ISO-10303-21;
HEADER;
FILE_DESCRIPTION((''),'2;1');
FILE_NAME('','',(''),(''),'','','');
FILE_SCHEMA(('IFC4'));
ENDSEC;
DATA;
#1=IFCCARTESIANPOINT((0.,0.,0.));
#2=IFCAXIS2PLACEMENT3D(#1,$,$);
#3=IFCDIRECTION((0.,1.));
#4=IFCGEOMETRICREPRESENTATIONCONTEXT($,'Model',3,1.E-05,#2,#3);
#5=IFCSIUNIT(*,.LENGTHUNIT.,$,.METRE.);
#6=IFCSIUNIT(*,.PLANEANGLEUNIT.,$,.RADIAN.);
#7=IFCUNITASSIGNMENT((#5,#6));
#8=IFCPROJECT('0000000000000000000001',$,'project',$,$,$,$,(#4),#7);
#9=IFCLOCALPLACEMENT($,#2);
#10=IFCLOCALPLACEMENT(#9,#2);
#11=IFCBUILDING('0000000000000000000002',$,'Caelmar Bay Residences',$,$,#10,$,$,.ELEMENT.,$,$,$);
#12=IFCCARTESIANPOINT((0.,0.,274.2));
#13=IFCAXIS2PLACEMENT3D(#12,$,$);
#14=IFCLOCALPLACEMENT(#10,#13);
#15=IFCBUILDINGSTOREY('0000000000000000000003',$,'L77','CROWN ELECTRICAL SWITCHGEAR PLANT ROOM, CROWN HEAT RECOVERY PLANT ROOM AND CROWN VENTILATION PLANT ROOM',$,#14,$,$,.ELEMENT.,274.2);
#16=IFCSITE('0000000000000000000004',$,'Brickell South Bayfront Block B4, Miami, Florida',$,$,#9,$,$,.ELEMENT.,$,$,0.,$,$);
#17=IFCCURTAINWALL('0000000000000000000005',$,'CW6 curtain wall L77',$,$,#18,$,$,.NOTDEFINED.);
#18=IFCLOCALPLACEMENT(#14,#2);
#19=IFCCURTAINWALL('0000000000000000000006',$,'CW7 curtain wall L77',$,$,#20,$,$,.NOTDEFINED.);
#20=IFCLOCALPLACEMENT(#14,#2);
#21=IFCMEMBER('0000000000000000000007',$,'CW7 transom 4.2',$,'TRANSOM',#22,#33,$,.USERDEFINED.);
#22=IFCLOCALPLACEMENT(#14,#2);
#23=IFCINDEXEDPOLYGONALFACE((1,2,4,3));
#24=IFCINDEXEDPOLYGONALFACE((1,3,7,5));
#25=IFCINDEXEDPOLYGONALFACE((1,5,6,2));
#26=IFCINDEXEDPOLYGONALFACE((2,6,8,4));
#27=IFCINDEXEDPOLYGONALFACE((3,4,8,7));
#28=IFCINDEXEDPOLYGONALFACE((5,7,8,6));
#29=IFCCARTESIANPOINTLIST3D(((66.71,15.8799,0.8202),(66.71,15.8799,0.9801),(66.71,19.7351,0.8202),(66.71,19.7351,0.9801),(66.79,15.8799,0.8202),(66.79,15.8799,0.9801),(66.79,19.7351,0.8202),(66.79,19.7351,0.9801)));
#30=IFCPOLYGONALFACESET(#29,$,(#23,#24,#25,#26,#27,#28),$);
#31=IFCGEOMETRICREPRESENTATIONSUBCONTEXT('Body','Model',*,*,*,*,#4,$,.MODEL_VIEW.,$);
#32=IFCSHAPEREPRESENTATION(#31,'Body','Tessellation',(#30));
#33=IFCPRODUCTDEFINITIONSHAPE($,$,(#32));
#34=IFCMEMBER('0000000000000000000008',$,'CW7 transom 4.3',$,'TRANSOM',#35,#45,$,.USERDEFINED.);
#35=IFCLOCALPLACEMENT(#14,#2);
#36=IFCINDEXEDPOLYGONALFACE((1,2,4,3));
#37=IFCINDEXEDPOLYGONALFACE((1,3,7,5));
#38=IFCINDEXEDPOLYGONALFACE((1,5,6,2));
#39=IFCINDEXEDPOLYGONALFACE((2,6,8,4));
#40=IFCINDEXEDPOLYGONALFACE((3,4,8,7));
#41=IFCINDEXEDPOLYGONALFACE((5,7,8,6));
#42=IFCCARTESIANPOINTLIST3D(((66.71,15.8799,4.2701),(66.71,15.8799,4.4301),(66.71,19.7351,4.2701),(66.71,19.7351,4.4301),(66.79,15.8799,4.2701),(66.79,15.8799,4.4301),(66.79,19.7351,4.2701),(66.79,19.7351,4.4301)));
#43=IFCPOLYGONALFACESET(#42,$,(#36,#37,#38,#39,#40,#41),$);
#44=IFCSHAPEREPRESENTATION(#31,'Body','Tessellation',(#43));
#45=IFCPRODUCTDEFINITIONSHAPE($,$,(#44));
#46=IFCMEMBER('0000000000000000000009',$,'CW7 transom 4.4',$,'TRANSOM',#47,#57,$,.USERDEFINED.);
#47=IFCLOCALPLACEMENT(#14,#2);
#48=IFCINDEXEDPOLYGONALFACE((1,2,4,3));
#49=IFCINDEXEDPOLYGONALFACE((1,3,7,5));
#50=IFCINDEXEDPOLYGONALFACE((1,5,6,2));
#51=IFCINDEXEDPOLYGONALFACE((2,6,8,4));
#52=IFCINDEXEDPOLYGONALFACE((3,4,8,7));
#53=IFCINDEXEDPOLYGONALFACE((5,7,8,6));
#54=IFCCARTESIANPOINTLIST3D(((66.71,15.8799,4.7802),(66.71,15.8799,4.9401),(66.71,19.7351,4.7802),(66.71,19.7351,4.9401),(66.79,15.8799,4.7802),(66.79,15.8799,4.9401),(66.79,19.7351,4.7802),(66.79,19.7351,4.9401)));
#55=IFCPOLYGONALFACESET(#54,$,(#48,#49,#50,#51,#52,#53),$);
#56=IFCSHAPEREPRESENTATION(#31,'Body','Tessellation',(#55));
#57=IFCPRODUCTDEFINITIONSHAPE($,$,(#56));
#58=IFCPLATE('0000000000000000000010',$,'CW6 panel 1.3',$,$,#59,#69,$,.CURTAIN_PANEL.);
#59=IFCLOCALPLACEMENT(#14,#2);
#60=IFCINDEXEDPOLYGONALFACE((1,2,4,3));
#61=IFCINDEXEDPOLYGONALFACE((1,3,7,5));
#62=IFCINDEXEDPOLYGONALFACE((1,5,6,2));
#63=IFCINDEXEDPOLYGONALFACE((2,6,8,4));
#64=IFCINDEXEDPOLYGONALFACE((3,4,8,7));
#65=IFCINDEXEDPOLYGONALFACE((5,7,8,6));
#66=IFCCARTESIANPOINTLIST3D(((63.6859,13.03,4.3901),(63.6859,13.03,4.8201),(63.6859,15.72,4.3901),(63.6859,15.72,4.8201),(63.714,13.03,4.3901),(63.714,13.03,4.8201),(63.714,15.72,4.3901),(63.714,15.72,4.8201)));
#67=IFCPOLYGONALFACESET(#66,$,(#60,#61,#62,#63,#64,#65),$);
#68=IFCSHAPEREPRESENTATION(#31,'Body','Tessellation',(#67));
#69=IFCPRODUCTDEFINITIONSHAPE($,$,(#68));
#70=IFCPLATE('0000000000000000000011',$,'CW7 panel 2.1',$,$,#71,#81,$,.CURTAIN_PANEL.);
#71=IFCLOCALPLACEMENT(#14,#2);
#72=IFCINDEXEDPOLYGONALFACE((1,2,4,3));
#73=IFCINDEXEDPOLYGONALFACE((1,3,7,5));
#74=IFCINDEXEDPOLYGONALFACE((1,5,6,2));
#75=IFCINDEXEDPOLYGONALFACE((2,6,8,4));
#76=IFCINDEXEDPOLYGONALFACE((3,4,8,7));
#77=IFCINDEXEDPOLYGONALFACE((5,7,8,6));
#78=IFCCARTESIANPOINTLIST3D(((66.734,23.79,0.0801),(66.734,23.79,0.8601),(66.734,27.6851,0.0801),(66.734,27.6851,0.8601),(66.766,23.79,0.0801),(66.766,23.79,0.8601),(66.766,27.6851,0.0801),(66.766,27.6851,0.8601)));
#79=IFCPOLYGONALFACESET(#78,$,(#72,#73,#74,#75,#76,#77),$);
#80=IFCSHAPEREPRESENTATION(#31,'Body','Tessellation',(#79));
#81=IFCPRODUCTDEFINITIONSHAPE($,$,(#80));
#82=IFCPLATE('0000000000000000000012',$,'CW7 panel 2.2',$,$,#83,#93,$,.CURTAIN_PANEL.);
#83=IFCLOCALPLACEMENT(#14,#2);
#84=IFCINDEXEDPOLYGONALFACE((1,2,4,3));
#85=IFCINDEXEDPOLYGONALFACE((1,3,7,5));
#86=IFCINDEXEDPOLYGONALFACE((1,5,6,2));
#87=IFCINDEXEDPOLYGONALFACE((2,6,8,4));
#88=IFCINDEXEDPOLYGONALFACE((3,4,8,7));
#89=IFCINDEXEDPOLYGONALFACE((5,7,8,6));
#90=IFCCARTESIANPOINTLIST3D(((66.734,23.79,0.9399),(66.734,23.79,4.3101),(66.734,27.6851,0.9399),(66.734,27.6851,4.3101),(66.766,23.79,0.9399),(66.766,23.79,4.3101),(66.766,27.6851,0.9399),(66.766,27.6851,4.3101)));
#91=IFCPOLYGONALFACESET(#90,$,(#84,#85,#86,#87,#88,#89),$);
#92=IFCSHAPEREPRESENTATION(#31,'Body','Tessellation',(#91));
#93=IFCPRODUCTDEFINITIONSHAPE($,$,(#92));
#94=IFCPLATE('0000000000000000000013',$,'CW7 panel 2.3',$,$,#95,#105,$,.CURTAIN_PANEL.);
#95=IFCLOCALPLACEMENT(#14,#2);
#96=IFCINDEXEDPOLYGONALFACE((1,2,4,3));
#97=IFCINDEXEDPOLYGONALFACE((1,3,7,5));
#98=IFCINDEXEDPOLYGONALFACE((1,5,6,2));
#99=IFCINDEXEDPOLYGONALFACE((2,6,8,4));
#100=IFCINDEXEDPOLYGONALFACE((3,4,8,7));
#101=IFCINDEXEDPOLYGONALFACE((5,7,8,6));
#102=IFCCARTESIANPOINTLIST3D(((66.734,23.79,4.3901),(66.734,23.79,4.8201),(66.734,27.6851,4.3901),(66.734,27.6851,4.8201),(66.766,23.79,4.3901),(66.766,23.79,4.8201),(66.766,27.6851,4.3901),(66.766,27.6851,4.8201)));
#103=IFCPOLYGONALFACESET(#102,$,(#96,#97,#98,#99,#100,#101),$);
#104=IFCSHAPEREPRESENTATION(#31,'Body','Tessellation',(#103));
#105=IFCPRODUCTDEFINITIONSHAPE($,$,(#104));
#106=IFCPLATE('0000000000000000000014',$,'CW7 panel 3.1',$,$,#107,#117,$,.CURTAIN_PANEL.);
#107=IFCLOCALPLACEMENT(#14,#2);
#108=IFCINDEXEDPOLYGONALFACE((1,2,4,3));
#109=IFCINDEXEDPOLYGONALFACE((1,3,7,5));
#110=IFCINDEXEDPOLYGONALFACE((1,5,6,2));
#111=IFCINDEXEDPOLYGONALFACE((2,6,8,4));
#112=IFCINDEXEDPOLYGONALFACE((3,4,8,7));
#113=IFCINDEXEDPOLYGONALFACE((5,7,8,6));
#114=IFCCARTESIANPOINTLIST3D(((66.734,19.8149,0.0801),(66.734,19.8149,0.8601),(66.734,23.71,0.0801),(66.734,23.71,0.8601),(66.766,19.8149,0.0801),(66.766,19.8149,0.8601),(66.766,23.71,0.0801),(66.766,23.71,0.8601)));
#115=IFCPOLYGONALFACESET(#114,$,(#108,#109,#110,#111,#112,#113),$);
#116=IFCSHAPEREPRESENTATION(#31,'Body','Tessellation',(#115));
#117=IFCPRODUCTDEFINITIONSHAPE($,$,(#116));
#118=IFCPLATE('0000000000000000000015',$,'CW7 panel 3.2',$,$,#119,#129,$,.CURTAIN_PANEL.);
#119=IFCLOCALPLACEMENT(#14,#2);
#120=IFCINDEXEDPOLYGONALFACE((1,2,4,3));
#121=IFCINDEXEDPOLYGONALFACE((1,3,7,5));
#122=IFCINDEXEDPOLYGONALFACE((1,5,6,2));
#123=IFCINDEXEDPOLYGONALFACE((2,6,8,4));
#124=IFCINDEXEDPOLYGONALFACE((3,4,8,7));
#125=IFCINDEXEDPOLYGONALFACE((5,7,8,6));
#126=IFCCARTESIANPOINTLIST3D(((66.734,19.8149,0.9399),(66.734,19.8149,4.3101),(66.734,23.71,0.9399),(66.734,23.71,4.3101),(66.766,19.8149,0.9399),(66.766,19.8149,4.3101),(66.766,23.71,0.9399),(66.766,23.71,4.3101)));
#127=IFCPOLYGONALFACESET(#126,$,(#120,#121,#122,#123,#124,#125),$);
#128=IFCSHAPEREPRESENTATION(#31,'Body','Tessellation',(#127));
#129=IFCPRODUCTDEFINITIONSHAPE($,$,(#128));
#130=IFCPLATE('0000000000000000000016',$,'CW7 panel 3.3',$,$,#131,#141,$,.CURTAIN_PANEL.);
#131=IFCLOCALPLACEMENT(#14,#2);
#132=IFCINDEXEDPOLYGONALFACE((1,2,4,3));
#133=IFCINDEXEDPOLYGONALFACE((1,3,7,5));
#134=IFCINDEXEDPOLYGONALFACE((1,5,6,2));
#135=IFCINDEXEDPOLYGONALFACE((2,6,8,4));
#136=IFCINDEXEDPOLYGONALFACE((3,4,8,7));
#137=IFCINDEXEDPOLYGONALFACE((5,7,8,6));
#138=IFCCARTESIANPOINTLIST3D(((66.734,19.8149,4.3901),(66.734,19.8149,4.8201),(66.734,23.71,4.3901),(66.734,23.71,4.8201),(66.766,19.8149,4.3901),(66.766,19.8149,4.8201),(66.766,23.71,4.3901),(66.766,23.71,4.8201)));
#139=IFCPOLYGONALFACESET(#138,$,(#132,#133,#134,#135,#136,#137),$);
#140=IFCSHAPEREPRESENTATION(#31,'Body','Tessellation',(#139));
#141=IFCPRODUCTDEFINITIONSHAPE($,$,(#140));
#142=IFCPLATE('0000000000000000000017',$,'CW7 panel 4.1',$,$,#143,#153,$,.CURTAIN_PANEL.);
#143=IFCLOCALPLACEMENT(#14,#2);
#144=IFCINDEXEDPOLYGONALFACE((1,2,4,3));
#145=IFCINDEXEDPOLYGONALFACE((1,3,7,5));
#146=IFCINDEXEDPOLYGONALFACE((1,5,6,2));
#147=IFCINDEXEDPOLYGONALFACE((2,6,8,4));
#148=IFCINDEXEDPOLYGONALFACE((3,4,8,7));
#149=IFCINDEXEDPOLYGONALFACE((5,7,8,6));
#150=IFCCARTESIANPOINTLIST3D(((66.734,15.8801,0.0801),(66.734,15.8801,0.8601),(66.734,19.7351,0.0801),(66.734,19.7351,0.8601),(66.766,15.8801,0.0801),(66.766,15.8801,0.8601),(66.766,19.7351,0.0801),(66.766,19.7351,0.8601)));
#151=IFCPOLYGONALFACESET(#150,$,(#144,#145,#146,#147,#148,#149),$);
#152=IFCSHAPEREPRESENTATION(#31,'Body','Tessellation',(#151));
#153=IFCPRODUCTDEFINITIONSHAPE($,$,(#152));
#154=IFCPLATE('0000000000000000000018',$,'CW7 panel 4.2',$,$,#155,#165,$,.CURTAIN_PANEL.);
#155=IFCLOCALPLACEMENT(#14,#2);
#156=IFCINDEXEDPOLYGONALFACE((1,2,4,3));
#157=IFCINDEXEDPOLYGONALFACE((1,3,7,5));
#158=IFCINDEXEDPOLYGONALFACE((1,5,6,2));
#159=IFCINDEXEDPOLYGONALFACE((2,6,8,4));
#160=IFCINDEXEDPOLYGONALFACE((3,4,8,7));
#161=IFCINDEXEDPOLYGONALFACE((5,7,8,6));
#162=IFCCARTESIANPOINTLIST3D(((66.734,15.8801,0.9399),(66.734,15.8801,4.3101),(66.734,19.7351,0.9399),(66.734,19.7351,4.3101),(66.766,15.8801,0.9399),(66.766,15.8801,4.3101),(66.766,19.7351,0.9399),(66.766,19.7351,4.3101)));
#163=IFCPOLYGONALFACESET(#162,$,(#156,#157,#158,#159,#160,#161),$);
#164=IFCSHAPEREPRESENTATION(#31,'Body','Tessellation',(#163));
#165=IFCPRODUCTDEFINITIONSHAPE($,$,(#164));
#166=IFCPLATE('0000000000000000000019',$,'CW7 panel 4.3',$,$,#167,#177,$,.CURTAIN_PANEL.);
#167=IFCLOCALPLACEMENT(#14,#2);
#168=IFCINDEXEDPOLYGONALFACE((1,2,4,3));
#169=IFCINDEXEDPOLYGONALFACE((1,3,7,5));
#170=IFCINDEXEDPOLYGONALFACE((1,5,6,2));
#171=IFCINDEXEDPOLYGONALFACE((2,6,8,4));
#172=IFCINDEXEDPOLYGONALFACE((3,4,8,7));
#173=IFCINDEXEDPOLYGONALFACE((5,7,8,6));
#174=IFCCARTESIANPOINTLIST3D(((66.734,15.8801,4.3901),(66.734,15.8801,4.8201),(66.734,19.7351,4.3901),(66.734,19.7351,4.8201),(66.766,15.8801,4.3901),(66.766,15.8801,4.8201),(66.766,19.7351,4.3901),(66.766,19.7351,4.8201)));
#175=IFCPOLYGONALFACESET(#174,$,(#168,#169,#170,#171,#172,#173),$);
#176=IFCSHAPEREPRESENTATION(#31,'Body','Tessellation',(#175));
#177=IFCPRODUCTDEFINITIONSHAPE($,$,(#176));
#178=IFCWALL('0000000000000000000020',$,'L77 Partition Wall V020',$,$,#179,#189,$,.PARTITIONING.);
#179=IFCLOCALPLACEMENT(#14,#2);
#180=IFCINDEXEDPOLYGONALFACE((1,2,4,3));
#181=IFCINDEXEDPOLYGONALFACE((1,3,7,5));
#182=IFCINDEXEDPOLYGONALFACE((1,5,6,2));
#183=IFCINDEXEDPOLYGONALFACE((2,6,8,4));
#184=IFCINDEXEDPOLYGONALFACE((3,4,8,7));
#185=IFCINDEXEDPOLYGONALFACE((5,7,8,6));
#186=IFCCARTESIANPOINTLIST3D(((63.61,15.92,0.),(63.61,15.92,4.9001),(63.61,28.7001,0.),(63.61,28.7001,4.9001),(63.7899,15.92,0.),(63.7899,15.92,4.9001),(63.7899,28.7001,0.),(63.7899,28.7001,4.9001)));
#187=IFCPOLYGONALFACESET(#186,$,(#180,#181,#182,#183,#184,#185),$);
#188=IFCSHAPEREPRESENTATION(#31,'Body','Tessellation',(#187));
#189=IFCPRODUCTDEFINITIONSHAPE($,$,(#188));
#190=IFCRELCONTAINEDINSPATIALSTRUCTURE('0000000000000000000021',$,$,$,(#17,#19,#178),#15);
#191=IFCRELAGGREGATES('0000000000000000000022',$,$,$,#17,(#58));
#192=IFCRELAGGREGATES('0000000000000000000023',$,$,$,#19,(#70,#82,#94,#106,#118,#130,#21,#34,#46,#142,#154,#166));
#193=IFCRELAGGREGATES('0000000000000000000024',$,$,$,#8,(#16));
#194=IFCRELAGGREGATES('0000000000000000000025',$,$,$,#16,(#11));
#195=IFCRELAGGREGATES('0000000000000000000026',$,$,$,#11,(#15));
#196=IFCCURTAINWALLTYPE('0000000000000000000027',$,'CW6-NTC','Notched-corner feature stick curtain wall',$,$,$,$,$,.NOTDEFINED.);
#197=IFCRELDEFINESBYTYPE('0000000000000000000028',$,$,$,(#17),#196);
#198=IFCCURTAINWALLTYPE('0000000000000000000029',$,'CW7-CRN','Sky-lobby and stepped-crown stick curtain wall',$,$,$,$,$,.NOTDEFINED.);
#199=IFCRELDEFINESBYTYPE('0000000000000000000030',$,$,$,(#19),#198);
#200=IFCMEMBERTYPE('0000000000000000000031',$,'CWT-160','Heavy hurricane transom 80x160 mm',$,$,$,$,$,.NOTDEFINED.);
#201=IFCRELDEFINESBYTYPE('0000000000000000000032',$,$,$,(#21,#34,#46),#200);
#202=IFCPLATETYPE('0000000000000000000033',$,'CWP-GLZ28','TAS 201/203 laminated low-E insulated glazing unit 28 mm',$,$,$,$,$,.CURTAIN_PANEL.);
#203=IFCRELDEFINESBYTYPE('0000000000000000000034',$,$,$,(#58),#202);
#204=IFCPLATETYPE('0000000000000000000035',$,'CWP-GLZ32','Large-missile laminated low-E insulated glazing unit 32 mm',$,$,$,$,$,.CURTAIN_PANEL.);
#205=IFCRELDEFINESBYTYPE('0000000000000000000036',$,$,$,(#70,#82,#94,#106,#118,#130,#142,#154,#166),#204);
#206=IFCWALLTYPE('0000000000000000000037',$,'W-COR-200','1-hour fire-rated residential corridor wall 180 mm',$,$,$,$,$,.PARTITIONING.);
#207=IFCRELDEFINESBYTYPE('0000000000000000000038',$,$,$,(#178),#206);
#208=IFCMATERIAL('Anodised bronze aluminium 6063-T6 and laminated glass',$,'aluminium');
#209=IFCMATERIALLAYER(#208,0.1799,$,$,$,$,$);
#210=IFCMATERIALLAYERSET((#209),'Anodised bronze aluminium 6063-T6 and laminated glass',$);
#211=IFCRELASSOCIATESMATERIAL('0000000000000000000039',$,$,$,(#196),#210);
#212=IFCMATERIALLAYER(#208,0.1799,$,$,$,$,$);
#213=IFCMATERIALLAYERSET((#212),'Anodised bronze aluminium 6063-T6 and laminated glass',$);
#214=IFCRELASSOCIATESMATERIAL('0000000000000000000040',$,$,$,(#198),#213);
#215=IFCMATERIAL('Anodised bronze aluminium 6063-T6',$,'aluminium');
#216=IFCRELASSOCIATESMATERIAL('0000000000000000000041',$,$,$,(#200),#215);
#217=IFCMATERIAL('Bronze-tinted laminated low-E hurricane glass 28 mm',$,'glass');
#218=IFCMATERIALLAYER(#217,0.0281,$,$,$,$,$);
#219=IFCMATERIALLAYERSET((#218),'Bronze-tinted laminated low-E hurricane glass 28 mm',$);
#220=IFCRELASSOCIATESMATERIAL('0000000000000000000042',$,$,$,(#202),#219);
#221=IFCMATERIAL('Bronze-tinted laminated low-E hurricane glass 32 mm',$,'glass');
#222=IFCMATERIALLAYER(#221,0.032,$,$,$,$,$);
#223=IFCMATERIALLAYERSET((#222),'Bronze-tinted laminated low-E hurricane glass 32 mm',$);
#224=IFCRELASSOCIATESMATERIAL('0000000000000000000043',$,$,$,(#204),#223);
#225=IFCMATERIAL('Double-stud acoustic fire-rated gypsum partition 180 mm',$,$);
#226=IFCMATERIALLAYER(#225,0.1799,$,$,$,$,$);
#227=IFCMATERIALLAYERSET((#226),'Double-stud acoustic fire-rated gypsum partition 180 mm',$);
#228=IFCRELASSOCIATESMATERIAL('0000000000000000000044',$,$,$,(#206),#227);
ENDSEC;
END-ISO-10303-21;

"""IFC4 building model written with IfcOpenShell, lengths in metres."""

from ifc_helpers import new_model, si_unit, direction, frame, frame_2d, origin, origin_2d, place, context, subcontext, project, spatial, rectangle, extrude, material, layer, layer_set, material_profile, profile_set, type_object, element, aggregate, save


model = new_model("IFC4")

# Units and contexts
model_context = context("Model", 3, precision=1e-05, world=origin(), true_north=direction((0.0, 1.0)))
body_context = subcontext(model_context, "Body", "Model", "MODEL_VIEW")
ifc_project = project(units=[si_unit("LENGTHUNIT", "METRE"), si_unit("PLANEANGLEUNIT", "RADIAN")], contexts=[model_context])

# Site, building, storey
site_placement = place(None, origin())
site = spatial("IfcSite", under=ifc_project, at=site_placement, Name="Brickell South Bayfront Block B4, Miami, Florida", CompositionType="ELEMENT", RefElevation=0.0)
building_placement = place(site_placement, origin())
building = spatial("IfcBuilding", under=site, at=building_placement, Name="Caelmar Bay Residences", CompositionType="ELEMENT")
storey_placement = place(building_placement, frame((0.0, 0.0, 274.2)))
storey = spatial("IfcBuildingStorey", under=building, at=storey_placement, Name="L77", Description="CROWN ELECTRICAL SWITCHGEAR PLANT ROOM, CROWN HEAT RECOVERY PLANT ROOM AND CROWN VENTILATION PLANT ROOM", CompositionType="ELEMENT", Elevation=274.2)

# Curtain wall
ifc_material_1 = material(Name="Anodised bronze aluminium 6063-T6 and laminated glass", Category="aluminium")
ifc_layer_1 = layer(ifc_material_1, 0.1799)
ifc_layer_set_1 = layer_set([ifc_layer_1], Name="Anodised bronze aluminium 6063-T6 and laminated glass")
curtain_wall_type_1 = type_object("IfcCurtainWallType", Name="CW6-NTC", Description="Notched-corner feature stick curtain wall", PredefinedType="NOTDEFINED", material=ifc_layer_set_1)
curtain_wall_1_placement = place(storey_placement, origin())
curtain_wall_1 = element("IfcCurtainWall", 1, at=curtain_wall_1_placement, inside=storey, type_object=curtain_wall_type_1, Name="CW6 curtain wall L77", PredefinedType="NOTDEFINED")
ifc_material_2 = material(Name="Anodised bronze aluminium 6063-T6", Category="aluminium")

# Curtain wall, members
ifc_layer_2 = layer(ifc_material_1, 0.1799)
ifc_layer_set_2 = layer_set([ifc_layer_2], Name="Anodised bronze aluminium 6063-T6 and laminated glass")
curtain_wall_type_2 = type_object("IfcCurtainWallType", Name="CW7-CRN", Description="Sky-lobby and stepped-crown stick curtain wall", PredefinedType="NOTDEFINED", material=ifc_layer_set_2)
curtain_wall_2_placement = place(storey_placement, origin())
curtain_wall_2 = element("IfcCurtainWall", 2, at=curtain_wall_2_placement, inside=storey, type_object=curtain_wall_type_2, Name="CW7 curtain wall L77", PredefinedType="NOTDEFINED")
ifc_material_profile_1 = material_profile(ifc_material_2, rectangle(XDim=0.0801, YDim=0.1599, at=origin_2d()), Name="CWT-80X160")
ifc_profile_set_1 = profile_set([ifc_material_profile_1], Name="Anodised bronze aluminium 6063-T6")
member_type_1 = type_object("IfcMemberType", Name="CWT-160", Description="Heavy hurricane transom 80x160 mm", PredefinedType="NOTDEFINED", material=ifc_profile_set_1)
member_1_placement = place(storey_placement, frame((66.75, 19.7351, 0.9001), z_axis=(0.0, -1.0, 0.0), x_axis=(1.0, 0.0, 0.0)))
member_1 = element("IfcMember", 3, at=member_1_placement, type_object=member_type_1, Name="CW7 transom 4.2", ObjectType="TRANSOM", PredefinedType="USERDEFINED", context=body_context, shape_type="SweptSolid", body=[
    extrude(rectangle(XDim=0.0801, YDim=0.1599, at=origin_2d()), origin(), (0.0, 0.0, 1.0), 3.8552),
])
member_2_placement = place(storey_placement, frame((66.75, 19.7351, 4.3501), z_axis=(0.0, -1.0, 0.0), x_axis=(1.0, 0.0, 0.0)))
member_2 = element("IfcMember", 4, at=member_2_placement, type_object=member_type_1, Name="CW7 transom 4.3", ObjectType="TRANSOM", PredefinedType="USERDEFINED", context=body_context, shape_type="SweptSolid", body=[
    extrude(rectangle(XDim=0.0801, YDim=0.1599, at=origin_2d()), origin(), (0.0, 0.0, 1.0), 3.8552),
])
member_3_placement = place(storey_placement, frame((66.75, 19.7351, 4.8601), z_axis=(0.0, -1.0, 0.0), x_axis=(1.0, 0.0, 0.0)))
member_3 = element("IfcMember", 5, at=member_3_placement, type_object=member_type_1, Name="CW7 transom 4.4", ObjectType="TRANSOM", PredefinedType="USERDEFINED", context=body_context, shape_type="SweptSolid", body=[
    extrude(rectangle(XDim=0.0801, YDim=0.1599, at=origin_2d()), origin(), (0.0, 0.0, 1.0), 3.8552),
])

# Plates
ifc_material_3 = material(Name="Bronze-tinted laminated low-E hurricane glass 28 mm", Category="glass")
ifc_layer_3 = layer(ifc_material_3, 0.0281)
ifc_layer_set_3 = layer_set([ifc_layer_3], Name="Bronze-tinted laminated low-E hurricane glass 28 mm")
plate_type_1 = type_object("IfcPlateType", Name="CWP-GLZ28", Description="TAS 201/203 laminated low-E insulated glazing unit 28 mm", PredefinedType="CURTAIN_PANEL", material=ifc_layer_set_3)
plate_1_placement = place(storey_placement, frame((63.7, 14.375, 4.3901), z_axis=(0.0, 0.0, 1.0), x_axis=(0.0, 1.0, 0.0)))
plate_1 = element("IfcPlate", 6, at=plate_1_placement, type_object=plate_type_1, Name="CW6 panel 1.3", PredefinedType="CURTAIN_PANEL", context=body_context, shape_type="SweptSolid", body=[
    extrude(rectangle(XDim=2.6899, YDim=0.0281, at=origin_2d()), origin(), (0.0, 0.0, 1.0), 0.4299),
])
aggregate(curtain_wall_1, [plate_1])
ifc_material_4 = material(Name="Bronze-tinted laminated low-E hurricane glass 32 mm", Category="glass")
ifc_layer_4 = layer(ifc_material_4, 0.032)
ifc_layer_set_4 = layer_set([ifc_layer_4], Name="Bronze-tinted laminated low-E hurricane glass 32 mm")
plate_type_2 = type_object("IfcPlateType", Name="CWP-GLZ32", Description="Large-missile laminated low-E insulated glazing unit 32 mm", PredefinedType="CURTAIN_PANEL", material=ifc_layer_set_4)
plate_2_placement = place(storey_placement, frame((66.75, 25.7375, 0.0801), z_axis=(0.0, 0.0, 1.0), x_axis=(0.0, -1.0, 0.0)))
plate_2 = element("IfcPlate", 7, at=plate_2_placement, type_object=plate_type_2, Name="CW7 panel 2.1", PredefinedType="CURTAIN_PANEL", context=body_context, shape_type="SweptSolid", body=[
    extrude(rectangle(XDim=3.895, YDim=0.032, at=origin_2d()), origin(), (0.0, 0.0, 1.0), 0.78),
])
plate_3_placement = place(storey_placement, frame((66.75, 25.7375, 0.9399), z_axis=(0.0, 0.0, 1.0), x_axis=(0.0, -1.0, 0.0)))
plate_3 = element("IfcPlate", 8, at=plate_3_placement, type_object=plate_type_2, Name="CW7 panel 2.2", PredefinedType="CURTAIN_PANEL", context=body_context, shape_type="SweptSolid", body=[
    extrude(rectangle(XDim=3.895, YDim=0.032, at=origin_2d()), origin(), (0.0, 0.0, 1.0), 3.3701),
])
plate_4_placement = place(storey_placement, frame((66.75, 25.7375, 4.3901), z_axis=(0.0, 0.0, 1.0), x_axis=(0.0, -1.0, 0.0)))
plate_4 = element("IfcPlate", 9, at=plate_4_placement, type_object=plate_type_2, Name="CW7 panel 2.3", PredefinedType="CURTAIN_PANEL", context=body_context, shape_type="SweptSolid", body=[
    extrude(rectangle(XDim=3.895, YDim=0.032, at=origin_2d()), origin(), (0.0, 0.0, 1.0), 0.4299),
])
plate_5_placement = place(storey_placement, frame((66.75, 21.7625, 0.0801), z_axis=(0.0, 0.0, 1.0), x_axis=(0.0, -1.0, 0.0)))
plate_5 = element("IfcPlate", 10, at=plate_5_placement, type_object=plate_type_2, Name="CW7 panel 3.1", PredefinedType="CURTAIN_PANEL", context=body_context, shape_type="SweptSolid", body=[
    extrude(rectangle(XDim=3.895, YDim=0.032, at=origin_2d()), origin(), (0.0, 0.0, 1.0), 0.78),
])
plate_6_placement = place(storey_placement, frame((66.75, 21.7625, 0.9399), z_axis=(0.0, 0.0, 1.0), x_axis=(0.0, -1.0, 0.0)))
plate_6 = element("IfcPlate", 11, at=plate_6_placement, type_object=plate_type_2, Name="CW7 panel 3.2", PredefinedType="CURTAIN_PANEL", context=body_context, shape_type="SweptSolid", body=[
    extrude(rectangle(XDim=3.895, YDim=0.032, at=origin_2d()), origin(), (0.0, 0.0, 1.0), 3.3701),
])
plate_7_placement = place(storey_placement, frame((66.75, 21.7625, 4.3901), z_axis=(0.0, 0.0, 1.0), x_axis=(0.0, -1.0, 0.0)))
plate_7 = element("IfcPlate", 12, at=plate_7_placement, type_object=plate_type_2, Name="CW7 panel 3.3", PredefinedType="CURTAIN_PANEL", context=body_context, shape_type="SweptSolid", body=[
    extrude(rectangle(XDim=3.895, YDim=0.032, at=origin_2d()), origin(), (0.0, 0.0, 1.0), 0.4299),
])
plate_8_placement = place(storey_placement, frame((66.75, 17.8076, 0.0801), z_axis=(0.0, 0.0, 1.0), x_axis=(0.0, -1.0, 0.0)))
plate_8 = element("IfcPlate", 13, at=plate_8_placement, type_object=plate_type_2, Name="CW7 panel 4.1", PredefinedType="CURTAIN_PANEL", context=body_context, shape_type="SweptSolid", body=[
    extrude(rectangle(XDim=3.855, YDim=0.032, at=origin_2d()), origin(), (0.0, 0.0, 1.0), 0.78),
])
plate_9_placement = place(storey_placement, frame((66.75, 17.8076, 0.9399), z_axis=(0.0, 0.0, 1.0), x_axis=(0.0, -1.0, 0.0)))
plate_9 = element("IfcPlate", 14, at=plate_9_placement, type_object=plate_type_2, Name="CW7 panel 4.2", PredefinedType="CURTAIN_PANEL", context=body_context, shape_type="SweptSolid", body=[
    extrude(rectangle(XDim=3.855, YDim=0.032, at=origin_2d()), origin(), (0.0, 0.0, 1.0), 3.3701),
])
plate_10_placement = place(storey_placement, frame((66.75, 17.8076, 4.3901), z_axis=(0.0, 0.0, 1.0), x_axis=(0.0, -1.0, 0.0)))
plate_10 = element("IfcPlate", 15, at=plate_10_placement, type_object=plate_type_2, Name="CW7 panel 4.3", PredefinedType="CURTAIN_PANEL", context=body_context, shape_type="SweptSolid", body=[
    extrude(rectangle(XDim=3.855, YDim=0.032, at=origin_2d()), origin(), (0.0, 0.0, 1.0), 0.4299),
])
aggregate(curtain_wall_2, [plate_2, plate_3, plate_4, plate_5, plate_6, plate_7, member_1, member_2, member_3, plate_8, plate_9, plate_10])

# Wall
ifc_material_5 = material(Name="Double-stud acoustic fire-rated gypsum partition 180 mm")
ifc_layer_5 = layer(ifc_material_5, 0.1799)
ifc_layer_set_5 = layer_set([ifc_layer_5], Name="Double-stud acoustic fire-rated gypsum partition 180 mm")
wall_type_1 = type_object("IfcWallType", Name="W-COR-200", Description="1-hour fire-rated residential corridor wall 180 mm", PredefinedType="PARTITIONING", material=ifc_layer_set_5)
wall_1_placement = place(storey_placement, frame((63.7, 15.9199, 0.0), z_axis=(0.0, 0.0, 1.0), x_axis=(0.0, 1.0, 0.0)))
element("IfcWall", 16, at=wall_1_placement, inside=storey, type_object=wall_type_1, Name="L77 Partition Wall V020", PredefinedType="PARTITIONING", context=body_context, shape_type="SweptSolid", body=[
    extrude(rectangle(XDim=12.78, YDim=0.1799, at=frame_2d((6.3901, 0.0))), origin(), (0.0, 0.0, 1.0), 4.9001),
])

save(model, "model.ifc")
